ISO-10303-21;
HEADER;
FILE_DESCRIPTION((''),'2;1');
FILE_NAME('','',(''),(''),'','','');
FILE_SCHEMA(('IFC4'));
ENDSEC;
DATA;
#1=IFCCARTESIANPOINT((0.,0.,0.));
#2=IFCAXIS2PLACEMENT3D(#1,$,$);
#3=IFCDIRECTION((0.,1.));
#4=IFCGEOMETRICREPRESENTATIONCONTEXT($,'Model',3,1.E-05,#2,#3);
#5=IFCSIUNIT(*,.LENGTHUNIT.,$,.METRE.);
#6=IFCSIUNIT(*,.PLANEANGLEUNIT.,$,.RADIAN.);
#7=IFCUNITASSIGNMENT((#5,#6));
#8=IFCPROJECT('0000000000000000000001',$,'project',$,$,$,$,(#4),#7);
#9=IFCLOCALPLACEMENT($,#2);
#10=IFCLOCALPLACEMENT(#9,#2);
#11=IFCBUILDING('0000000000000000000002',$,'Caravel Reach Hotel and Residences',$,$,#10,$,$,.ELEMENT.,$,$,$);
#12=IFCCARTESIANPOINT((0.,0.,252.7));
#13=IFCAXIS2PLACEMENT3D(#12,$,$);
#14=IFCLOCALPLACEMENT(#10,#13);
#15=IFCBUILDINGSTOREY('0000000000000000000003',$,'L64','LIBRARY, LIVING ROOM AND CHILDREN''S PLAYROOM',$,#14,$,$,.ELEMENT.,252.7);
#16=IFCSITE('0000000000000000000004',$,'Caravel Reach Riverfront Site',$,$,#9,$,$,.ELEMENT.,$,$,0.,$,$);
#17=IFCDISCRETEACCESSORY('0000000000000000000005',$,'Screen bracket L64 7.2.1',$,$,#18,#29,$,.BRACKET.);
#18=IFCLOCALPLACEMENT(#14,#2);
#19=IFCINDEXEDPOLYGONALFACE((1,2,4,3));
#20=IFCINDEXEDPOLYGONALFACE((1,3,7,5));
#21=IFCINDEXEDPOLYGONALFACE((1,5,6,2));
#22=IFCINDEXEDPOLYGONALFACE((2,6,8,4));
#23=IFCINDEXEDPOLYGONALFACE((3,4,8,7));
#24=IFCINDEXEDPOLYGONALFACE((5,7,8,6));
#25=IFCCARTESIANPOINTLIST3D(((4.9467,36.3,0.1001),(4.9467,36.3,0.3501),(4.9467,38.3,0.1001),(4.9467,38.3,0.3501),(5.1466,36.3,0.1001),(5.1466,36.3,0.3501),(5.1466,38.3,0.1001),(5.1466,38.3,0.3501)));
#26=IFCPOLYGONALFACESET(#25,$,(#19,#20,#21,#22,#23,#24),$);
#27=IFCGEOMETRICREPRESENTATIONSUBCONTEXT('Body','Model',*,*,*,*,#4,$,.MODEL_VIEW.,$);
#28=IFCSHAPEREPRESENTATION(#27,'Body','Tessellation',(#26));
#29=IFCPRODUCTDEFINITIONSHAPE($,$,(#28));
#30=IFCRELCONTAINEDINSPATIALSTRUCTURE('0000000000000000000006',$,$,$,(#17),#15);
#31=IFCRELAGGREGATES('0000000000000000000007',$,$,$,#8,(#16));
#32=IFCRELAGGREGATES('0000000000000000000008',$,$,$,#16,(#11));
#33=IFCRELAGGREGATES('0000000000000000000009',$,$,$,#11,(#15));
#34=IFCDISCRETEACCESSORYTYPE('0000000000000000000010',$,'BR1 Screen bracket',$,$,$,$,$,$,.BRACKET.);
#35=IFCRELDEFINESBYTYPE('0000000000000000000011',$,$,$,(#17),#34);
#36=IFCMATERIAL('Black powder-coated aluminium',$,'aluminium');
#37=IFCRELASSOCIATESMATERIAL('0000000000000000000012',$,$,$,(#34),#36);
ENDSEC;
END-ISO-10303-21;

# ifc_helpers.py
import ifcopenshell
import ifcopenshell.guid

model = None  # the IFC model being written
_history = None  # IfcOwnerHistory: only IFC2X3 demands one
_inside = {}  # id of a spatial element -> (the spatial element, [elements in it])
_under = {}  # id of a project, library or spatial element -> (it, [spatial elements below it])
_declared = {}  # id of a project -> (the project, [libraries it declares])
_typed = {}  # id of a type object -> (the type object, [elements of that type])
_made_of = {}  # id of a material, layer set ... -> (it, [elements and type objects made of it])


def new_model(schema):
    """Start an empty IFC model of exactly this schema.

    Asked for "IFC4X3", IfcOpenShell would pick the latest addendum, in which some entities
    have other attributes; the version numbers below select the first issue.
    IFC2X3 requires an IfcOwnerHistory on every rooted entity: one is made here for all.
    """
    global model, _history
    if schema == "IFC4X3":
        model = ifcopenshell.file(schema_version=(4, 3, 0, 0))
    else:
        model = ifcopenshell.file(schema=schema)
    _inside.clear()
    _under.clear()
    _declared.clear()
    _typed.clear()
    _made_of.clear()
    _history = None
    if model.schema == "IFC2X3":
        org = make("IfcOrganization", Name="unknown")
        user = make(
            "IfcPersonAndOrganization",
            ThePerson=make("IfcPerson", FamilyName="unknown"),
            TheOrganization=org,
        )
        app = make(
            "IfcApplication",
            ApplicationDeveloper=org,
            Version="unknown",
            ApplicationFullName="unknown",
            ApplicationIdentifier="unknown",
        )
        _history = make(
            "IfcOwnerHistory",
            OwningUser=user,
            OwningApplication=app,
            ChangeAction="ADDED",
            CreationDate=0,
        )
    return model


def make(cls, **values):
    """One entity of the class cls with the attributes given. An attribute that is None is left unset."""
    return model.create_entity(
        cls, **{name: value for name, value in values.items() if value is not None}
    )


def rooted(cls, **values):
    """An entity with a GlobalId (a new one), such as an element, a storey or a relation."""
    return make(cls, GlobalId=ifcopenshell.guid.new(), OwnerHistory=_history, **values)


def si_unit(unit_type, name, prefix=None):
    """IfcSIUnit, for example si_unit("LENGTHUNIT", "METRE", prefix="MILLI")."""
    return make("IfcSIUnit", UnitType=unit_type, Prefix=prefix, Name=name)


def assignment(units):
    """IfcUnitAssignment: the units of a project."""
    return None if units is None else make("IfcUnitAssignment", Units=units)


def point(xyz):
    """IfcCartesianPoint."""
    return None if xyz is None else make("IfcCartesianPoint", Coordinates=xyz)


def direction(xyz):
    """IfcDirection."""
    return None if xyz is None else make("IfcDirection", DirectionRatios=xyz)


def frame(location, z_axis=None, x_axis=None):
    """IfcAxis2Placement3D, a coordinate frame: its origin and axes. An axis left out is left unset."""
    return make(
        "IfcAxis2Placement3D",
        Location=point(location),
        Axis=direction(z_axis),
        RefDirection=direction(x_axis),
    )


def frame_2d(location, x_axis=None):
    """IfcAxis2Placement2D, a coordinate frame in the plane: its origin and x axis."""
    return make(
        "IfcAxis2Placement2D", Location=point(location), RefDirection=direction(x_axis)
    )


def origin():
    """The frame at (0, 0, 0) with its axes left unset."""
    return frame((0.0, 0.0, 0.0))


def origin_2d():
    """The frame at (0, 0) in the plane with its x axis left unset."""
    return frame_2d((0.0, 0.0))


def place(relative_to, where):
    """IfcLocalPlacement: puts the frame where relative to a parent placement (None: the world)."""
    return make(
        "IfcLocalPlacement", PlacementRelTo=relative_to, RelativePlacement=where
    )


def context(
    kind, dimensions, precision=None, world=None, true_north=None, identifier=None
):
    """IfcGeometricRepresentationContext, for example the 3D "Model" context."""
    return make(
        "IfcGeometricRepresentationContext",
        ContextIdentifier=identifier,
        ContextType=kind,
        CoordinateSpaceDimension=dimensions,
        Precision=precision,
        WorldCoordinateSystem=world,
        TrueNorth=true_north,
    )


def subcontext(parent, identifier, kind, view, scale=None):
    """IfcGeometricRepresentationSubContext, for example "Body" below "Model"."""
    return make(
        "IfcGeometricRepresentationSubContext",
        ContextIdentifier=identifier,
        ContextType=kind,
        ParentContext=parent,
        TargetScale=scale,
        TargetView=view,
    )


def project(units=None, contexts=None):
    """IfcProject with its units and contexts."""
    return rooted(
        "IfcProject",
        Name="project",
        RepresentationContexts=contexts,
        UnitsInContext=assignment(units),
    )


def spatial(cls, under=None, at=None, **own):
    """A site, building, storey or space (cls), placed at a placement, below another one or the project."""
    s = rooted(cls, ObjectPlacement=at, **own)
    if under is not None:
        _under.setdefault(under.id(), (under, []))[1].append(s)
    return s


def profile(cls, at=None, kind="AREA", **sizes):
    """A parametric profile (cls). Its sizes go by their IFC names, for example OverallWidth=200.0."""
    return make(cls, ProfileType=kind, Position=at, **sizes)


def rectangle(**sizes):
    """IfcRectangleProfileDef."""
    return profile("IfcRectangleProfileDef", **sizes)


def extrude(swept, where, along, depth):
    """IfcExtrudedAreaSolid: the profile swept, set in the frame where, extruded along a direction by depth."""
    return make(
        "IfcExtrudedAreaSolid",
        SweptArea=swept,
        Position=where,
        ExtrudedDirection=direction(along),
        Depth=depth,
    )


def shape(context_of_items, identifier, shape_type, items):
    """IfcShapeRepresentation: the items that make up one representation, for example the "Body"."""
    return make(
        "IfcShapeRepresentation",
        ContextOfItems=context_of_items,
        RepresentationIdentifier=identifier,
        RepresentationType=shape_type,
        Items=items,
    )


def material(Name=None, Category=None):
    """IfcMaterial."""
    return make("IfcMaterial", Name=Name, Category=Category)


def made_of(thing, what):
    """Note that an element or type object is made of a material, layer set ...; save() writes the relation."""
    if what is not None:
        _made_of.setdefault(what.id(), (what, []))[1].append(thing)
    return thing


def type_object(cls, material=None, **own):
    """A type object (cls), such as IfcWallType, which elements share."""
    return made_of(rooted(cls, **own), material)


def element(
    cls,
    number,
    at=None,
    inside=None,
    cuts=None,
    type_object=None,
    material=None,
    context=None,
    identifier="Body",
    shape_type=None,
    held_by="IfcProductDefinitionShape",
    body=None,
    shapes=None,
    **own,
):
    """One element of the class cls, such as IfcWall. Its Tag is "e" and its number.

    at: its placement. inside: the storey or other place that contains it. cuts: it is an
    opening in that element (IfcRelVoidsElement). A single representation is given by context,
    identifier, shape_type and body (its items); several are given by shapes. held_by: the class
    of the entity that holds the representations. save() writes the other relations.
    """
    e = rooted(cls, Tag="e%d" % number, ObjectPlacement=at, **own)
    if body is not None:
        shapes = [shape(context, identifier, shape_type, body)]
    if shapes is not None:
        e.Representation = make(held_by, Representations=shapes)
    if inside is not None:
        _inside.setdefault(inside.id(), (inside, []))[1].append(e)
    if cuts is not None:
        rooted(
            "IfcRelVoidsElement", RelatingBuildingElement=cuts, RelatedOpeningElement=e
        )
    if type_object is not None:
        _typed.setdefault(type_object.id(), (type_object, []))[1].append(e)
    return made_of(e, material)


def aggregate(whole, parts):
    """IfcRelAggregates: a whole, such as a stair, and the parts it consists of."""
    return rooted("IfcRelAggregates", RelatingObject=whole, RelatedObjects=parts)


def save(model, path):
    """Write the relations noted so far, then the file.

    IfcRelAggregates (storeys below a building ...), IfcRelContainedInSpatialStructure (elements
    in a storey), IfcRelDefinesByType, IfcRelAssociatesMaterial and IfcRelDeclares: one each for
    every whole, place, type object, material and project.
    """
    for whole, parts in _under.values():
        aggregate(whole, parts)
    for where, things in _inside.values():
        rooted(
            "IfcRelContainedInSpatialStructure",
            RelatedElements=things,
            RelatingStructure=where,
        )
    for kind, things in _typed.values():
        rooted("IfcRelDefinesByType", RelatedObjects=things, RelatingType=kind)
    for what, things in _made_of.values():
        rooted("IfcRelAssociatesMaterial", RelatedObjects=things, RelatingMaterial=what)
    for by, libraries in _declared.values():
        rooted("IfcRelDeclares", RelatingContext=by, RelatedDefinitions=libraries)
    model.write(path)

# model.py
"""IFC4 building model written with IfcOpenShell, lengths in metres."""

from ifc_helpers import new_model, si_unit, direction, frame, origin, origin_2d, place, context, subcontext, project, spatial, rectangle, extrude, material, type_object, element, save


model = new_model("IFC4")

# Units and contexts
model_context = context("Model", 3, precision=1e-05, world=origin(), true_north=direction((0.0, 1.0)))
body_context = subcontext(model_context, "Body", "Model", "MODEL_VIEW")
ifc_project = project(units=[si_unit("LENGTHUNIT", "METRE"), si_unit("PLANEANGLEUNIT", "RADIAN")], contexts=[model_context])

# Site, building, storey
site_placement = place(None, origin())
site = spatial("IfcSite", under=ifc_project, at=site_placement, Name="Caravel Reach Riverfront Site", CompositionType="ELEMENT", RefElevation=0.0)
building_placement = place(site_placement, origin())
building = spatial("IfcBuilding", under=site, at=building_placement, Name="Caravel Reach Hotel and Residences", CompositionType="ELEMENT")
storey_placement = place(building_placement, frame((0.0, 0.0, 252.7)))
storey = spatial("IfcBuildingStorey", under=building, at=storey_placement, Name="L64", Description="LIBRARY, LIVING ROOM AND CHILDREN'S PLAYROOM", CompositionType="ELEMENT", Elevation=252.7)

# Discrete accessory
ifc_material_1 = material(Name="Black powder-coated aluminium", Category="aluminium")
discrete_accessory_type = type_object("IfcDiscreteAccessoryType", Name="BR1 Screen bracket", PredefinedType="BRACKET", material=ifc_material_1)
for number, where, z_axis, x_axis, name in (
    (1, (5.0466, 37.3, 0.1001), (0.0, 0.0, 1.0), (0.0, 1.0, 0.0), "Screen bracket L64 7.2.1"),
):
    element("IfcDiscreteAccessory", number, at=place(storey_placement, frame(where, z_axis=z_axis, x_axis=x_axis)), inside=storey, type_object=discrete_accessory_type, Name=name, PredefinedType="BRACKET", context=body_context, shape_type="SweptSolid", body=[
        extrude(rectangle(XDim=2.0, YDim=0.2, at=origin_2d()), origin(), (0.0, 0.0, 1.0), 0.25),
    ])

save(model, "model.ifc")
